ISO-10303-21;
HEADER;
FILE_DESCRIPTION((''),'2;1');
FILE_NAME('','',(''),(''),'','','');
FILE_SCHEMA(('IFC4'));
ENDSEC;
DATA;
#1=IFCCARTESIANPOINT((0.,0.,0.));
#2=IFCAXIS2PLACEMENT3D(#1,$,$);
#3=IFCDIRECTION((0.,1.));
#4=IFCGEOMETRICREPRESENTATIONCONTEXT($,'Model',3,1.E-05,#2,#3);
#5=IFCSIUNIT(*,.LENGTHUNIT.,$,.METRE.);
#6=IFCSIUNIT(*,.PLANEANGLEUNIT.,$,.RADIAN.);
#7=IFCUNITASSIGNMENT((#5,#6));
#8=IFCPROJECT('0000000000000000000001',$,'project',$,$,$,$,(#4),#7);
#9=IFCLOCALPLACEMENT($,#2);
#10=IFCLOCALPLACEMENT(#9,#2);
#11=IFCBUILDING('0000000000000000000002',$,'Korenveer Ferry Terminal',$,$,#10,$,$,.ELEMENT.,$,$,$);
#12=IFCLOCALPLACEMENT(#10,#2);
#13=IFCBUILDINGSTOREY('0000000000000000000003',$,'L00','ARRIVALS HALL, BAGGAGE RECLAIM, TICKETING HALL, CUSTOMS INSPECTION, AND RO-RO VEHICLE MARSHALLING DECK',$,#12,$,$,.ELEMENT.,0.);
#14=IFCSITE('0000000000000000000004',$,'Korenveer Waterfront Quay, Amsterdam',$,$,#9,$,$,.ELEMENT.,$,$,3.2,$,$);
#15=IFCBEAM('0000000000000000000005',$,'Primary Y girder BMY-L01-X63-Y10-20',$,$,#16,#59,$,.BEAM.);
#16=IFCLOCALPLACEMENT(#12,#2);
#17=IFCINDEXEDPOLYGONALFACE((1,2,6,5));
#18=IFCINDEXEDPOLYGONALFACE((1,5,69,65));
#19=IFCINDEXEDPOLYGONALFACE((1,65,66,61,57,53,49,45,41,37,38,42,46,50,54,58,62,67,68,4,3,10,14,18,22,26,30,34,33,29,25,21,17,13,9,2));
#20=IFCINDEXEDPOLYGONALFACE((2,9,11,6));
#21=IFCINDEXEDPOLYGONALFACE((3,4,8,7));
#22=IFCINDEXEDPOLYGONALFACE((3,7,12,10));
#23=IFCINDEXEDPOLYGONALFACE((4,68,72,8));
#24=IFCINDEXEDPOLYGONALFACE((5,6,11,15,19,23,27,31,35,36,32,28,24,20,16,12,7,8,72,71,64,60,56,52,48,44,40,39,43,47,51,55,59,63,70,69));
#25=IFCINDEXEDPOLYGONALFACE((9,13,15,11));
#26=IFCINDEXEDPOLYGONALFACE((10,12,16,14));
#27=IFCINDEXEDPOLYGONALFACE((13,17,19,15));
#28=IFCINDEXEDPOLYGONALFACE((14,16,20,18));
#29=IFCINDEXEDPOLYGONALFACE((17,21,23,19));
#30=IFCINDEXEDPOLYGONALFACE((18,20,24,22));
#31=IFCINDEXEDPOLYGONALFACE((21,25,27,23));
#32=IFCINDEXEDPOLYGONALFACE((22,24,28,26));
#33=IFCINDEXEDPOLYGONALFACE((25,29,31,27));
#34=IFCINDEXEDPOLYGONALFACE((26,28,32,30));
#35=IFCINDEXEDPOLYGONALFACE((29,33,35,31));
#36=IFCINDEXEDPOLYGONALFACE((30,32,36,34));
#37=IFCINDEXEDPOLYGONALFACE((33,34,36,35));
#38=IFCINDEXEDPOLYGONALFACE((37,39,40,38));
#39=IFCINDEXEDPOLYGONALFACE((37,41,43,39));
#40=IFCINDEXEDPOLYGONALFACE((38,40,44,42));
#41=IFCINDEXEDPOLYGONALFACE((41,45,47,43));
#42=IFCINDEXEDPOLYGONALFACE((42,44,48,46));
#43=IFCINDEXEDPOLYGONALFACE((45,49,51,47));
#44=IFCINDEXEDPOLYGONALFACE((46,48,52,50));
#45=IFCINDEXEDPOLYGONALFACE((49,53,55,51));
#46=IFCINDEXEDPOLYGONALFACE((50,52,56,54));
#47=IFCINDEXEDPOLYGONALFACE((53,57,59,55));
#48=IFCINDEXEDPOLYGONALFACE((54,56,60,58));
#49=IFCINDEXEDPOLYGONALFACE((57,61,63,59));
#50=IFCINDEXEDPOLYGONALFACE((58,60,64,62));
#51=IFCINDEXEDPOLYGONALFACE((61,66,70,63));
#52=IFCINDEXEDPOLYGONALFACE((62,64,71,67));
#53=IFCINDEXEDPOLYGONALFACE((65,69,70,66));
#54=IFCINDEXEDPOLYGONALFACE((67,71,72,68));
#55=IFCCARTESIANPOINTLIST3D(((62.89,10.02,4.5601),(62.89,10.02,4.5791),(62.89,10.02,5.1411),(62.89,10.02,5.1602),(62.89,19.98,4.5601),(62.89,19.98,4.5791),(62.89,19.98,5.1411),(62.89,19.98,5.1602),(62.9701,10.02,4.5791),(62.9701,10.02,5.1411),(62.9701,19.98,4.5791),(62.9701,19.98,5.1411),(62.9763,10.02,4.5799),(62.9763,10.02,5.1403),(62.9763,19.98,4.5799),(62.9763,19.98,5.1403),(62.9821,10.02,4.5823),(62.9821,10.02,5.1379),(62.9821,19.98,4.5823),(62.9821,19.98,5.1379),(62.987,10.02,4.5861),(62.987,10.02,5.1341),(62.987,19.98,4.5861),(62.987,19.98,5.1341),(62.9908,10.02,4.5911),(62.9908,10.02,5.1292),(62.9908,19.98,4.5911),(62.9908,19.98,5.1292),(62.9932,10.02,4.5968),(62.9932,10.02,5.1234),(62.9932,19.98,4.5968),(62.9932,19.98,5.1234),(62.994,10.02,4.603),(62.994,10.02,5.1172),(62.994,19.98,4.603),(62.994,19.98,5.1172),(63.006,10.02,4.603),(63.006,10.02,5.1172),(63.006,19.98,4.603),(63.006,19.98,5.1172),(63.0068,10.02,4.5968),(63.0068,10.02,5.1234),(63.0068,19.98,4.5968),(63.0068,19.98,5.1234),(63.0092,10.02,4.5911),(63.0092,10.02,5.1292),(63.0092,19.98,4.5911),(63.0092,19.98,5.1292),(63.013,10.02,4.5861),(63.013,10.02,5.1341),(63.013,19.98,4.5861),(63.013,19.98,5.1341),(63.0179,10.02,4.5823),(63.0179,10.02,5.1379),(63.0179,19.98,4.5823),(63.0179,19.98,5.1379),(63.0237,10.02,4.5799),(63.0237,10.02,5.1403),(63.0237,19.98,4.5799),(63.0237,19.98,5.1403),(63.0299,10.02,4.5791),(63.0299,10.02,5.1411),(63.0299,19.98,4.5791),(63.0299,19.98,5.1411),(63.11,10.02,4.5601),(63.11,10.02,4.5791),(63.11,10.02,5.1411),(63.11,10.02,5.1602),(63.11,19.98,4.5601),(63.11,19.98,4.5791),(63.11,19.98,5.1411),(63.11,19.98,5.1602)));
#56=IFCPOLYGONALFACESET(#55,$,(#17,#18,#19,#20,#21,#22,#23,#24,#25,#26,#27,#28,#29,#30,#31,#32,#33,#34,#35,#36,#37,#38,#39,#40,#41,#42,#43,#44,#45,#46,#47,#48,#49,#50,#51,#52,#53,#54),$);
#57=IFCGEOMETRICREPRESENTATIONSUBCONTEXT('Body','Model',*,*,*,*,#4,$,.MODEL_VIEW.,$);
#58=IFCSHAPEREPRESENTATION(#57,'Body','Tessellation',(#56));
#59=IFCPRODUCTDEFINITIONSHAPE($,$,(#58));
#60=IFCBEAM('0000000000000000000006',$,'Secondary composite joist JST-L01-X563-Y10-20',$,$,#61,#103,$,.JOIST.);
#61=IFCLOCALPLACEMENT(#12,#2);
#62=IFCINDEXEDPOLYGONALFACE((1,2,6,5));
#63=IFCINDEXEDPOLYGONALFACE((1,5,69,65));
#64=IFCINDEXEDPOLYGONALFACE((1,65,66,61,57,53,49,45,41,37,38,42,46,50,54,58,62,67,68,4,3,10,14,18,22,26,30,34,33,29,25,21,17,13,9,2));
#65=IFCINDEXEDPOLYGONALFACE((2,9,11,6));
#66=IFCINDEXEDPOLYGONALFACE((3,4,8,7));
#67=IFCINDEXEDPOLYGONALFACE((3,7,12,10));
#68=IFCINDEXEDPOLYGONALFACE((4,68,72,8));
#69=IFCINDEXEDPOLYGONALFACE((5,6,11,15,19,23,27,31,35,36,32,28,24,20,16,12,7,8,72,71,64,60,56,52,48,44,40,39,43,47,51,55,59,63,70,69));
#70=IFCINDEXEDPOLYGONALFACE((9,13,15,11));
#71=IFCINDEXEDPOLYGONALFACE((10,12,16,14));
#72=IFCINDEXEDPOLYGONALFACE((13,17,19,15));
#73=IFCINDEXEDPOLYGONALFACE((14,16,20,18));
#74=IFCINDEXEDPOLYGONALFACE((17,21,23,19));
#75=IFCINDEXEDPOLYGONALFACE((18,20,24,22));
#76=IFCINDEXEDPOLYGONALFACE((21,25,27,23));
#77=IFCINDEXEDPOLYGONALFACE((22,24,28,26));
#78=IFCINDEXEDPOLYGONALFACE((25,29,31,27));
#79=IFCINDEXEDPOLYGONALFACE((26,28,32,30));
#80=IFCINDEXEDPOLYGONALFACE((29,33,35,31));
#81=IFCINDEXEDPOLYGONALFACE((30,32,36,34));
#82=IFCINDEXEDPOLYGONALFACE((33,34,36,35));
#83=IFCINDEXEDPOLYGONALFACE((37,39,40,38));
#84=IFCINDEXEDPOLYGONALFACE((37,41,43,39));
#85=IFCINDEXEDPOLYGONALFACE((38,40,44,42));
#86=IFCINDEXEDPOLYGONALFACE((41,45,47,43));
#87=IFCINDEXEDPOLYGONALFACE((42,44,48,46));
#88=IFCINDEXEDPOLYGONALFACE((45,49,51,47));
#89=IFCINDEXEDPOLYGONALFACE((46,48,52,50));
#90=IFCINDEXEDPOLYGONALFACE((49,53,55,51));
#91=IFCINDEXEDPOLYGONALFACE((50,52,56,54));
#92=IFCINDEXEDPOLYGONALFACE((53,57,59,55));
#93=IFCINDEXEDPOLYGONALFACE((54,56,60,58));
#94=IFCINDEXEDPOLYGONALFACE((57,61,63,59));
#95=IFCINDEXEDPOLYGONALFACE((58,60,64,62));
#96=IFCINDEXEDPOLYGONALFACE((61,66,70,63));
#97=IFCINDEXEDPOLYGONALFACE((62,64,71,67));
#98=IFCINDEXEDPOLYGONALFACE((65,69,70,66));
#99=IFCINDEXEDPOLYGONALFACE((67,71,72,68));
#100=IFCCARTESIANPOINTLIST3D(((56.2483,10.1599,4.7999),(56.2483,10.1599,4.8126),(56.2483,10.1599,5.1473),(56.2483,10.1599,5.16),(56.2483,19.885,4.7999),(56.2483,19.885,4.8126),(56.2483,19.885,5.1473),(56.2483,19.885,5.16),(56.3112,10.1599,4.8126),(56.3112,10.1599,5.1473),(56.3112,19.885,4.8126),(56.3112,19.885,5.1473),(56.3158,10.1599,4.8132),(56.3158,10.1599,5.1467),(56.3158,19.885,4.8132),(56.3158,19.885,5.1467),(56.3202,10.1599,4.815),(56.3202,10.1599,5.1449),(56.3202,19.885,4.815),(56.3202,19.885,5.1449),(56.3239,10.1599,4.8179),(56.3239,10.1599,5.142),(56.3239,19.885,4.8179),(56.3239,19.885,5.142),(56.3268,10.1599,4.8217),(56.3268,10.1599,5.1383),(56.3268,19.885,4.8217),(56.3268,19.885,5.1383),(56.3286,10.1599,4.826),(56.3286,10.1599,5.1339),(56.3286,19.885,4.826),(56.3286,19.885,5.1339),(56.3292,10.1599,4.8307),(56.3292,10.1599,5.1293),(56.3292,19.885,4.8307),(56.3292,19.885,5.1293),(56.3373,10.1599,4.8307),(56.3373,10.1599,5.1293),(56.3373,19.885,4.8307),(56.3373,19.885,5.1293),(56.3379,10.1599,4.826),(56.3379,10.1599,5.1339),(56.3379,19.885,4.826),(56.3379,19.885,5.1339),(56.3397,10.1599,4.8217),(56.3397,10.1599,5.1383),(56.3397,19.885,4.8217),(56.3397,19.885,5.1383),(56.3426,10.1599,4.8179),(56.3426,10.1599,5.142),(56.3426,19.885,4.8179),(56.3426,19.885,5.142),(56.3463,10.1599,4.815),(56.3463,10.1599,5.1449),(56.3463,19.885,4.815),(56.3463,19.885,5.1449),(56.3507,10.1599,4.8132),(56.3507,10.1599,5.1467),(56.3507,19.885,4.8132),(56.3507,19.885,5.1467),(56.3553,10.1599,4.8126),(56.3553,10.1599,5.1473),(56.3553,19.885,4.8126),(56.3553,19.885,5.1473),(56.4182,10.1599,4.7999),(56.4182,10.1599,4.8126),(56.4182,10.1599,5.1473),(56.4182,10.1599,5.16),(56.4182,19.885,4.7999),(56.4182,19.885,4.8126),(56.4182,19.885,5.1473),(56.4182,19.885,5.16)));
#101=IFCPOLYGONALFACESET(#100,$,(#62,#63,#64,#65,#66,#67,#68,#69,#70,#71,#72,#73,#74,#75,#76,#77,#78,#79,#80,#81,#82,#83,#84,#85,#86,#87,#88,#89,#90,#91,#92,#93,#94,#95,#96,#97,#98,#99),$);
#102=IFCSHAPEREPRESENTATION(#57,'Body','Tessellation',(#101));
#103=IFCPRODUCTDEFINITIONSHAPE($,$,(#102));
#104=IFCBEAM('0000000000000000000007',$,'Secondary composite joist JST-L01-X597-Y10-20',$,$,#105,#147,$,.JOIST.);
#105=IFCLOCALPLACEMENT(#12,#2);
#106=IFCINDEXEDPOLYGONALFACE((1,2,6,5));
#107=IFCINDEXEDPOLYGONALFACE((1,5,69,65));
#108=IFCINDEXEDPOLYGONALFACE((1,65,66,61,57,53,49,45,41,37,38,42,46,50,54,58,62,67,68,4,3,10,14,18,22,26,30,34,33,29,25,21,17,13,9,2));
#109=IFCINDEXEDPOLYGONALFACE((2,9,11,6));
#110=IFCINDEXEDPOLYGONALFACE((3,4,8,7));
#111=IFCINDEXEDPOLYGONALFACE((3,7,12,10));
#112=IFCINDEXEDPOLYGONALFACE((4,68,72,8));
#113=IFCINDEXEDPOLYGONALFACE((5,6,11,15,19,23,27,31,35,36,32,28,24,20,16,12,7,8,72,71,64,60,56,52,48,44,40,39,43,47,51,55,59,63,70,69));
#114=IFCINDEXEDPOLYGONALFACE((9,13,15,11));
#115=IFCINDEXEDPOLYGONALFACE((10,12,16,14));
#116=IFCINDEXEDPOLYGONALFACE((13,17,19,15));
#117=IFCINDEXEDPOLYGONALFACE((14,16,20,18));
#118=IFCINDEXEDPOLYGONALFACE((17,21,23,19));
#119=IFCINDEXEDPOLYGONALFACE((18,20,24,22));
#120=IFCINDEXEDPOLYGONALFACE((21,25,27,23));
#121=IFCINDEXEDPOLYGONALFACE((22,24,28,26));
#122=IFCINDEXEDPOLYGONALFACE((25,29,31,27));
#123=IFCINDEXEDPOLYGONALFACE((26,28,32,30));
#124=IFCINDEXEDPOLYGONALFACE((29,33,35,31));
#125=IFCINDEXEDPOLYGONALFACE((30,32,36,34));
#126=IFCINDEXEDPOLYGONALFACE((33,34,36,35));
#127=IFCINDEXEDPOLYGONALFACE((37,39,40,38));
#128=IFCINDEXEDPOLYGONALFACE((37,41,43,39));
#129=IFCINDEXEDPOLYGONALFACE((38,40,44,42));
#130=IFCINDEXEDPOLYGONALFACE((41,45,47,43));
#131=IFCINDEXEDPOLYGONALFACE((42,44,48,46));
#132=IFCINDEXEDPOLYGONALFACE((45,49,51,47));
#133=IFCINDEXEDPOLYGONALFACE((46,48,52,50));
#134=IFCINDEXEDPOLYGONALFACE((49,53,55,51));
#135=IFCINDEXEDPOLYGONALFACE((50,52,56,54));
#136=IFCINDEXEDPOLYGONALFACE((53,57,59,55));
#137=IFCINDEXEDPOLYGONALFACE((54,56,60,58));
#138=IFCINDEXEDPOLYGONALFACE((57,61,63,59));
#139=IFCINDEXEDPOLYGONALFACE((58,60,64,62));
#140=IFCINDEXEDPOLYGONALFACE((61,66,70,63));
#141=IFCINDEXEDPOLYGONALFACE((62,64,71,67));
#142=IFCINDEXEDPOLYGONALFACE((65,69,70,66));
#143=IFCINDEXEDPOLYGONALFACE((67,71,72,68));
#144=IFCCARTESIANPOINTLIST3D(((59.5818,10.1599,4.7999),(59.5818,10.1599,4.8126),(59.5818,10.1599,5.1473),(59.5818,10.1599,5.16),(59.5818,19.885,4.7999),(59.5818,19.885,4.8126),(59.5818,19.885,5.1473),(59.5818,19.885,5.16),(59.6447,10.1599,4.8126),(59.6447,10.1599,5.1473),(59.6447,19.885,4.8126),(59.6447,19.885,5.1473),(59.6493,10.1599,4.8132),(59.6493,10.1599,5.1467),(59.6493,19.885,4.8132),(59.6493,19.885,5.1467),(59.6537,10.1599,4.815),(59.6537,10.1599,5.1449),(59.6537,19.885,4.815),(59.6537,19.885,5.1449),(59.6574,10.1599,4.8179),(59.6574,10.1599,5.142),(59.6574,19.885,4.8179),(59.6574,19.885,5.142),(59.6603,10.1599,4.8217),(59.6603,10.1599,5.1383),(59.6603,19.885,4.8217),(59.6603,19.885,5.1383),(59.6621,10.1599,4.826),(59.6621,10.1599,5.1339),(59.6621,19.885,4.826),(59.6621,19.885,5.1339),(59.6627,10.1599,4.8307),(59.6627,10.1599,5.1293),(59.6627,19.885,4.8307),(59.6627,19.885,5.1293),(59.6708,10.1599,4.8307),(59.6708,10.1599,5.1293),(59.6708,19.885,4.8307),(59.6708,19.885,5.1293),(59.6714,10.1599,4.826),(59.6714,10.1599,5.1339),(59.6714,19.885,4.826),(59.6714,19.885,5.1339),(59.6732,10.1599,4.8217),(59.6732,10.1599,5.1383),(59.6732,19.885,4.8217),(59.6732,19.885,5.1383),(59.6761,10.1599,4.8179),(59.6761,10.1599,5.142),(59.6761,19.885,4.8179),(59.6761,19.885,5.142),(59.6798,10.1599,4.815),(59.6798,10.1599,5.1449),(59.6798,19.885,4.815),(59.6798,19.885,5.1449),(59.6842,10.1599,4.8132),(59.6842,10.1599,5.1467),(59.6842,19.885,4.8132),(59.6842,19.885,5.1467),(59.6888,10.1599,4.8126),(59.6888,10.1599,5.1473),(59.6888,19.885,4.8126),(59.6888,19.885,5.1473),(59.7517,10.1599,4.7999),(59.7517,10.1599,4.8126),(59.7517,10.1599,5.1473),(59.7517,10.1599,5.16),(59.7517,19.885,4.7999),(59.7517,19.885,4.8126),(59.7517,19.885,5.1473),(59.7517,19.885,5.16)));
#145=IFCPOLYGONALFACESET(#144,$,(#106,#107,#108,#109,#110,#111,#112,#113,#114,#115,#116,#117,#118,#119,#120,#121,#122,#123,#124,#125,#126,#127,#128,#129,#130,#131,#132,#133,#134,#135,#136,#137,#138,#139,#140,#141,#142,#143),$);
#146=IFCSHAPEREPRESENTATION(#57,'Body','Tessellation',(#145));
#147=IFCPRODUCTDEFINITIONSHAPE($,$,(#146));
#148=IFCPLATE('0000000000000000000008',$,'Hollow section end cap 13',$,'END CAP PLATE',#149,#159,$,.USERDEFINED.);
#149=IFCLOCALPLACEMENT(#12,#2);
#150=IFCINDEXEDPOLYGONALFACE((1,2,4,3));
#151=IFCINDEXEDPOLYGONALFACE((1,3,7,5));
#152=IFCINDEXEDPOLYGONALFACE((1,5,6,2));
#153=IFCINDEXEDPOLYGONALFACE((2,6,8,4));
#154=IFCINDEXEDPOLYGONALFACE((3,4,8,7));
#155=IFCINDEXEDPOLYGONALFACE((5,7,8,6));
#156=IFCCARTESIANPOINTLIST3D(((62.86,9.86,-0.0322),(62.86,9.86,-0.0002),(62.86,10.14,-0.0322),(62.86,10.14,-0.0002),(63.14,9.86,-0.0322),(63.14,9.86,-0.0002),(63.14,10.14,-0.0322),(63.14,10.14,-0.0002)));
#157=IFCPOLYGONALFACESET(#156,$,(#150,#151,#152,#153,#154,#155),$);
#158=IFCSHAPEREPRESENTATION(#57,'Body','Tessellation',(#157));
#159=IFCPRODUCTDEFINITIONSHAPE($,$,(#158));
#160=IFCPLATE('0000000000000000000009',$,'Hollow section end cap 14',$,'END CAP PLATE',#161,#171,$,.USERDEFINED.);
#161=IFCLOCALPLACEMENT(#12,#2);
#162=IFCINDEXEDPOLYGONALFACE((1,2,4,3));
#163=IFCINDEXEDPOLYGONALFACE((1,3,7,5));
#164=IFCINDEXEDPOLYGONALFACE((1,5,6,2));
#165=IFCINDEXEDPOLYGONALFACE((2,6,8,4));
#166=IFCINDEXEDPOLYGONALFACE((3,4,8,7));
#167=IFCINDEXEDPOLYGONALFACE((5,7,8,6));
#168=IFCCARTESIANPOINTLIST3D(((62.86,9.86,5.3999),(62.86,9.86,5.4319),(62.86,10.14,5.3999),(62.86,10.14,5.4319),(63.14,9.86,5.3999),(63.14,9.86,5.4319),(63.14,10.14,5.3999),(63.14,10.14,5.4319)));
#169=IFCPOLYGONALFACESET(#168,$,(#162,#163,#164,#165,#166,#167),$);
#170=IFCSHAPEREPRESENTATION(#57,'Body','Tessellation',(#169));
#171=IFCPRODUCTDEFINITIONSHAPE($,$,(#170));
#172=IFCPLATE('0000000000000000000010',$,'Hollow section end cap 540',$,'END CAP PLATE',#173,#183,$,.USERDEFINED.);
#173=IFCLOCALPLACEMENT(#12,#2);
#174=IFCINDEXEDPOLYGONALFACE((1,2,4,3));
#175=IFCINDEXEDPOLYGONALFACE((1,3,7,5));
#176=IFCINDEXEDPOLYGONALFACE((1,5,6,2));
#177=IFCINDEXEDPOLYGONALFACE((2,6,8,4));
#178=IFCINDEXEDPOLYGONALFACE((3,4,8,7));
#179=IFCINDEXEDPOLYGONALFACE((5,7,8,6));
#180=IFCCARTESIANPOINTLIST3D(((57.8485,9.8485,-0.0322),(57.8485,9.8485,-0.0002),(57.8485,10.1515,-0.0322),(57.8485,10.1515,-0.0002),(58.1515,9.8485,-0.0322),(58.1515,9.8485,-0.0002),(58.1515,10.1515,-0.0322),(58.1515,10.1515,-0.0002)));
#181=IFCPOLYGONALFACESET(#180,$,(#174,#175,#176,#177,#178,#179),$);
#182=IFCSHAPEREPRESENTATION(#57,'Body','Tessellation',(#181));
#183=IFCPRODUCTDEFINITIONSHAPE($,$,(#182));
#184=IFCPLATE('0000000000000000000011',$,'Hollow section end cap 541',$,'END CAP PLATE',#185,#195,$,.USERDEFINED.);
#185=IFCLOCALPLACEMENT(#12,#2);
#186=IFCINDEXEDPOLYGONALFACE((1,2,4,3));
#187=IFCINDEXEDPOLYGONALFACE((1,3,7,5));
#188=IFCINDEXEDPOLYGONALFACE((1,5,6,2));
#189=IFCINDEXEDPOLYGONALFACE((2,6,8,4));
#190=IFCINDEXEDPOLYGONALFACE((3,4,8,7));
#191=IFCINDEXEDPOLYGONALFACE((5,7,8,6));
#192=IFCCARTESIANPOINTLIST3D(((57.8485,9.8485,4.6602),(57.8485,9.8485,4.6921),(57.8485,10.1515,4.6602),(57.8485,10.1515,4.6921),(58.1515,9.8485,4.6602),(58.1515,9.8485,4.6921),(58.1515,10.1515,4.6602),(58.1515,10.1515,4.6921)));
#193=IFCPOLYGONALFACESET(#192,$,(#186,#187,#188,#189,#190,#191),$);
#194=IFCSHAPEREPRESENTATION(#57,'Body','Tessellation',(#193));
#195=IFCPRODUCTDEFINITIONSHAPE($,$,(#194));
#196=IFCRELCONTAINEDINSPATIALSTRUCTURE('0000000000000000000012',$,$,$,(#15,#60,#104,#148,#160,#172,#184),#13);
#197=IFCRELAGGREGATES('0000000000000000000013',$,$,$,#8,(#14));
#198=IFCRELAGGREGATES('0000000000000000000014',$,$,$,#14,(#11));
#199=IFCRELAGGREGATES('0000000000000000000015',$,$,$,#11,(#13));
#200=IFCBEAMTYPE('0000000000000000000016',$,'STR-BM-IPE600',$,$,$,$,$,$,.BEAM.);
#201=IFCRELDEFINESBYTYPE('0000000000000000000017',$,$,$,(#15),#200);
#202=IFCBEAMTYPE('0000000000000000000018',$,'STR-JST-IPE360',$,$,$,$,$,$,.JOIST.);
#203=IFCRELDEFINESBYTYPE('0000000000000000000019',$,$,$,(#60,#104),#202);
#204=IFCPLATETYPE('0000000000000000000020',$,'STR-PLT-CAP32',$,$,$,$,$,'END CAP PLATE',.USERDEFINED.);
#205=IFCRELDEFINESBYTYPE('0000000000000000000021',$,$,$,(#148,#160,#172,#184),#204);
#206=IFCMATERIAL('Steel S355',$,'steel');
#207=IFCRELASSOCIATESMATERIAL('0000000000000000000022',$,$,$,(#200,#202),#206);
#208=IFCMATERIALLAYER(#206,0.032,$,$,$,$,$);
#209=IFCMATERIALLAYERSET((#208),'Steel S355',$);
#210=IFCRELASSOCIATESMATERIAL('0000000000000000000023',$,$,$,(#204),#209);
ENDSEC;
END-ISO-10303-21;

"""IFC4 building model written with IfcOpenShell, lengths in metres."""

from ifc_helpers import new_model, si_unit, direction, frame, origin, origin_2d, place, context, subcontext, project, spatial, rectangle, i_section, extrude, material, layer, layer_set, material_profile, profile_set, type_object, element, save


model = new_model("IFC4")

# Units and contexts
model_context = context("Model", 3, precision=1e-05, world=origin(), true_north=direction((0.0, 1.0)))
body_context = subcontext(model_context, "Body", "Model", "MODEL_VIEW")
ifc_project = project(units=[si_unit("LENGTHUNIT", "METRE"), si_unit("PLANEANGLEUNIT", "RADIAN")], contexts=[model_context])

# Site, building, storey
site_placement = place(None, origin())
site = spatial("IfcSite", under=ifc_project, at=site_placement, Name="Korenveer Waterfront Quay, Amsterdam", CompositionType="ELEMENT", RefElevation=3.2)
building_placement = place(site_placement, origin())
building = spatial("IfcBuilding", under=site, at=building_placement, Name="Korenveer Ferry Terminal", CompositionType="ELEMENT")
storey_placement = place(building_placement, origin())
storey = spatial("IfcBuildingStorey", under=building, at=storey_placement, Name="L00", Description="ARRIVALS HALL, BAGGAGE RECLAIM, TICKETING HALL, CUSTOMS INSPECTION, AND RO-RO VEHICLE MARSHALLING DECK", CompositionType="ELEMENT", Elevation=0.0)

# Shared definitions
ifc_material_1 = material(Name="Steel S355", Category="steel")

# Beams
ifc_material_profile_1 = material_profile(ifc_material_1, i_section(OverallWidth=0.22, OverallDepth=0.6001, WebThickness=0.012, FlangeThickness=0.019, FilletRadius=0.0239, at=origin_2d()), Name="IPE 600")
ifc_profile_set_1 = profile_set([ifc_material_profile_1], Name="Steel S355")
beam_type_1 = type_object("IfcBeamType", Name="STR-BM-IPE600", PredefinedType="BEAM", material=ifc_profile_set_1)
beam_1_placement = place(storey_placement, frame((63.0, 10.02, 4.8601), z_axis=(0.0, 1.0, 0.0), x_axis=(-1.0, 0.0, 0.0)))
element("IfcBeam", 1, at=beam_1_placement, inside=storey, type_object=beam_type_1, Name="Primary Y girder BMY-L01-X63-Y10-20", PredefinedType="BEAM", context=body_context, shape_type="SweptSolid", body=[
    extrude(i_section(OverallWidth=0.22, OverallDepth=0.6001, WebThickness=0.012, FlangeThickness=0.019, FilletRadius=0.0239, at=origin_2d()), origin(), (0.0, 0.0, 1.0), 9.96),
])
ifc_material_profile_2 = material_profile(ifc_material_1, i_section(OverallWidth=0.1699, OverallDepth=0.3601, WebThickness=0.0081, FlangeThickness=0.0127, FilletRadius=0.0181, at=origin_2d()), Name="IPE 360")
ifc_profile_set_2 = profile_set([ifc_material_profile_2], Name="Steel S355")
beam_type_2 = type_object("IfcBeamType", Name="STR-JST-IPE360", PredefinedType="JOIST", material=ifc_profile_set_2)
for number, where, z_axis, x_axis, name in (
    (2, (56.3333, 10.1599, 4.98), (0.0, 1.0, 0.0), (-1.0, 0.0, 0.0), "Secondary composite joist JST-L01-X563-Y10-20"),
    (3, (59.6667, 10.1599, 4.98), (0.0, 1.0, 0.0), (-1.0, 0.0, 0.0), "Secondary composite joist JST-L01-X597-Y10-20"),
):
    element("IfcBeam", number, at=place(storey_placement, frame(where, z_axis=z_axis, x_axis=x_axis)), inside=storey, type_object=beam_type_2, Name=name, PredefinedType="JOIST", context=body_context, shape_type="SweptSolid", body=[
        extrude(i_section(OverallWidth=0.1699, OverallDepth=0.3601, WebThickness=0.0081, FlangeThickness=0.0127, FilletRadius=0.0181, at=origin_2d()), origin(), (0.0, 0.0, 1.0), 9.7251),
    ])

# Plates
ifc_layer = layer(ifc_material_1, 0.032)
ifc_layer_set = layer_set([ifc_layer], Name="Steel S355")
plate_type = type_object("IfcPlateType", Name="STR-PLT-CAP32", ElementType="END CAP PLATE", PredefinedType="USERDEFINED", material=ifc_layer_set)
for number, where, z_axis, x_axis, name in (
    (4, (63.0, 10.0, -0.0322), (0.0, 0.0, 1.0), (1.0, 0.0, 0.0), "Hollow section end cap 13"),
    (5, (63.0, 10.0, 5.3999), (0.0, 0.0, 1.0), (1.0, 0.0, 0.0), "Hollow section end cap 14"),
):
    element("IfcPlate", number, at=place(storey_placement, frame(where, z_axis=z_axis, x_axis=x_axis)), inside=storey, type_object=plate_type, Name=name, ObjectType="END CAP PLATE", PredefinedType="USERDEFINED", context=body_context, shape_type="SweptSolid", body=[
        extrude(rectangle(XDim=0.28, YDim=0.28, at=origin_2d()), origin(), (0.0, 0.0, 1.0), 0.032),
    ])
for number, where, z_axis, x_axis, name in (
    (6, (58.0, 10.0, -0.0322), (0.0, 0.0, 1.0), (1.0, 0.0, 0.0), "Hollow section end cap 540"),
    (7, (58.0, 10.0, 4.6602), (0.0, 0.0, 1.0), (1.0, 0.0, 0.0), "Hollow section end cap 541"),
):
    element("IfcPlate", number, at=place(storey_placement, frame(where, z_axis=z_axis, x_axis=x_axis)), inside=storey, type_object=plate_type, Name=name, ObjectType="END CAP PLATE", PredefinedType="USERDEFINED", context=body_context, shape_type="SweptSolid", body=[
        extrude(rectangle(XDim=0.303, YDim=0.303, at=origin_2d()), origin(), (0.0, 0.0, 1.0), 0.032),
    ])

save(model, "model.ifc")
